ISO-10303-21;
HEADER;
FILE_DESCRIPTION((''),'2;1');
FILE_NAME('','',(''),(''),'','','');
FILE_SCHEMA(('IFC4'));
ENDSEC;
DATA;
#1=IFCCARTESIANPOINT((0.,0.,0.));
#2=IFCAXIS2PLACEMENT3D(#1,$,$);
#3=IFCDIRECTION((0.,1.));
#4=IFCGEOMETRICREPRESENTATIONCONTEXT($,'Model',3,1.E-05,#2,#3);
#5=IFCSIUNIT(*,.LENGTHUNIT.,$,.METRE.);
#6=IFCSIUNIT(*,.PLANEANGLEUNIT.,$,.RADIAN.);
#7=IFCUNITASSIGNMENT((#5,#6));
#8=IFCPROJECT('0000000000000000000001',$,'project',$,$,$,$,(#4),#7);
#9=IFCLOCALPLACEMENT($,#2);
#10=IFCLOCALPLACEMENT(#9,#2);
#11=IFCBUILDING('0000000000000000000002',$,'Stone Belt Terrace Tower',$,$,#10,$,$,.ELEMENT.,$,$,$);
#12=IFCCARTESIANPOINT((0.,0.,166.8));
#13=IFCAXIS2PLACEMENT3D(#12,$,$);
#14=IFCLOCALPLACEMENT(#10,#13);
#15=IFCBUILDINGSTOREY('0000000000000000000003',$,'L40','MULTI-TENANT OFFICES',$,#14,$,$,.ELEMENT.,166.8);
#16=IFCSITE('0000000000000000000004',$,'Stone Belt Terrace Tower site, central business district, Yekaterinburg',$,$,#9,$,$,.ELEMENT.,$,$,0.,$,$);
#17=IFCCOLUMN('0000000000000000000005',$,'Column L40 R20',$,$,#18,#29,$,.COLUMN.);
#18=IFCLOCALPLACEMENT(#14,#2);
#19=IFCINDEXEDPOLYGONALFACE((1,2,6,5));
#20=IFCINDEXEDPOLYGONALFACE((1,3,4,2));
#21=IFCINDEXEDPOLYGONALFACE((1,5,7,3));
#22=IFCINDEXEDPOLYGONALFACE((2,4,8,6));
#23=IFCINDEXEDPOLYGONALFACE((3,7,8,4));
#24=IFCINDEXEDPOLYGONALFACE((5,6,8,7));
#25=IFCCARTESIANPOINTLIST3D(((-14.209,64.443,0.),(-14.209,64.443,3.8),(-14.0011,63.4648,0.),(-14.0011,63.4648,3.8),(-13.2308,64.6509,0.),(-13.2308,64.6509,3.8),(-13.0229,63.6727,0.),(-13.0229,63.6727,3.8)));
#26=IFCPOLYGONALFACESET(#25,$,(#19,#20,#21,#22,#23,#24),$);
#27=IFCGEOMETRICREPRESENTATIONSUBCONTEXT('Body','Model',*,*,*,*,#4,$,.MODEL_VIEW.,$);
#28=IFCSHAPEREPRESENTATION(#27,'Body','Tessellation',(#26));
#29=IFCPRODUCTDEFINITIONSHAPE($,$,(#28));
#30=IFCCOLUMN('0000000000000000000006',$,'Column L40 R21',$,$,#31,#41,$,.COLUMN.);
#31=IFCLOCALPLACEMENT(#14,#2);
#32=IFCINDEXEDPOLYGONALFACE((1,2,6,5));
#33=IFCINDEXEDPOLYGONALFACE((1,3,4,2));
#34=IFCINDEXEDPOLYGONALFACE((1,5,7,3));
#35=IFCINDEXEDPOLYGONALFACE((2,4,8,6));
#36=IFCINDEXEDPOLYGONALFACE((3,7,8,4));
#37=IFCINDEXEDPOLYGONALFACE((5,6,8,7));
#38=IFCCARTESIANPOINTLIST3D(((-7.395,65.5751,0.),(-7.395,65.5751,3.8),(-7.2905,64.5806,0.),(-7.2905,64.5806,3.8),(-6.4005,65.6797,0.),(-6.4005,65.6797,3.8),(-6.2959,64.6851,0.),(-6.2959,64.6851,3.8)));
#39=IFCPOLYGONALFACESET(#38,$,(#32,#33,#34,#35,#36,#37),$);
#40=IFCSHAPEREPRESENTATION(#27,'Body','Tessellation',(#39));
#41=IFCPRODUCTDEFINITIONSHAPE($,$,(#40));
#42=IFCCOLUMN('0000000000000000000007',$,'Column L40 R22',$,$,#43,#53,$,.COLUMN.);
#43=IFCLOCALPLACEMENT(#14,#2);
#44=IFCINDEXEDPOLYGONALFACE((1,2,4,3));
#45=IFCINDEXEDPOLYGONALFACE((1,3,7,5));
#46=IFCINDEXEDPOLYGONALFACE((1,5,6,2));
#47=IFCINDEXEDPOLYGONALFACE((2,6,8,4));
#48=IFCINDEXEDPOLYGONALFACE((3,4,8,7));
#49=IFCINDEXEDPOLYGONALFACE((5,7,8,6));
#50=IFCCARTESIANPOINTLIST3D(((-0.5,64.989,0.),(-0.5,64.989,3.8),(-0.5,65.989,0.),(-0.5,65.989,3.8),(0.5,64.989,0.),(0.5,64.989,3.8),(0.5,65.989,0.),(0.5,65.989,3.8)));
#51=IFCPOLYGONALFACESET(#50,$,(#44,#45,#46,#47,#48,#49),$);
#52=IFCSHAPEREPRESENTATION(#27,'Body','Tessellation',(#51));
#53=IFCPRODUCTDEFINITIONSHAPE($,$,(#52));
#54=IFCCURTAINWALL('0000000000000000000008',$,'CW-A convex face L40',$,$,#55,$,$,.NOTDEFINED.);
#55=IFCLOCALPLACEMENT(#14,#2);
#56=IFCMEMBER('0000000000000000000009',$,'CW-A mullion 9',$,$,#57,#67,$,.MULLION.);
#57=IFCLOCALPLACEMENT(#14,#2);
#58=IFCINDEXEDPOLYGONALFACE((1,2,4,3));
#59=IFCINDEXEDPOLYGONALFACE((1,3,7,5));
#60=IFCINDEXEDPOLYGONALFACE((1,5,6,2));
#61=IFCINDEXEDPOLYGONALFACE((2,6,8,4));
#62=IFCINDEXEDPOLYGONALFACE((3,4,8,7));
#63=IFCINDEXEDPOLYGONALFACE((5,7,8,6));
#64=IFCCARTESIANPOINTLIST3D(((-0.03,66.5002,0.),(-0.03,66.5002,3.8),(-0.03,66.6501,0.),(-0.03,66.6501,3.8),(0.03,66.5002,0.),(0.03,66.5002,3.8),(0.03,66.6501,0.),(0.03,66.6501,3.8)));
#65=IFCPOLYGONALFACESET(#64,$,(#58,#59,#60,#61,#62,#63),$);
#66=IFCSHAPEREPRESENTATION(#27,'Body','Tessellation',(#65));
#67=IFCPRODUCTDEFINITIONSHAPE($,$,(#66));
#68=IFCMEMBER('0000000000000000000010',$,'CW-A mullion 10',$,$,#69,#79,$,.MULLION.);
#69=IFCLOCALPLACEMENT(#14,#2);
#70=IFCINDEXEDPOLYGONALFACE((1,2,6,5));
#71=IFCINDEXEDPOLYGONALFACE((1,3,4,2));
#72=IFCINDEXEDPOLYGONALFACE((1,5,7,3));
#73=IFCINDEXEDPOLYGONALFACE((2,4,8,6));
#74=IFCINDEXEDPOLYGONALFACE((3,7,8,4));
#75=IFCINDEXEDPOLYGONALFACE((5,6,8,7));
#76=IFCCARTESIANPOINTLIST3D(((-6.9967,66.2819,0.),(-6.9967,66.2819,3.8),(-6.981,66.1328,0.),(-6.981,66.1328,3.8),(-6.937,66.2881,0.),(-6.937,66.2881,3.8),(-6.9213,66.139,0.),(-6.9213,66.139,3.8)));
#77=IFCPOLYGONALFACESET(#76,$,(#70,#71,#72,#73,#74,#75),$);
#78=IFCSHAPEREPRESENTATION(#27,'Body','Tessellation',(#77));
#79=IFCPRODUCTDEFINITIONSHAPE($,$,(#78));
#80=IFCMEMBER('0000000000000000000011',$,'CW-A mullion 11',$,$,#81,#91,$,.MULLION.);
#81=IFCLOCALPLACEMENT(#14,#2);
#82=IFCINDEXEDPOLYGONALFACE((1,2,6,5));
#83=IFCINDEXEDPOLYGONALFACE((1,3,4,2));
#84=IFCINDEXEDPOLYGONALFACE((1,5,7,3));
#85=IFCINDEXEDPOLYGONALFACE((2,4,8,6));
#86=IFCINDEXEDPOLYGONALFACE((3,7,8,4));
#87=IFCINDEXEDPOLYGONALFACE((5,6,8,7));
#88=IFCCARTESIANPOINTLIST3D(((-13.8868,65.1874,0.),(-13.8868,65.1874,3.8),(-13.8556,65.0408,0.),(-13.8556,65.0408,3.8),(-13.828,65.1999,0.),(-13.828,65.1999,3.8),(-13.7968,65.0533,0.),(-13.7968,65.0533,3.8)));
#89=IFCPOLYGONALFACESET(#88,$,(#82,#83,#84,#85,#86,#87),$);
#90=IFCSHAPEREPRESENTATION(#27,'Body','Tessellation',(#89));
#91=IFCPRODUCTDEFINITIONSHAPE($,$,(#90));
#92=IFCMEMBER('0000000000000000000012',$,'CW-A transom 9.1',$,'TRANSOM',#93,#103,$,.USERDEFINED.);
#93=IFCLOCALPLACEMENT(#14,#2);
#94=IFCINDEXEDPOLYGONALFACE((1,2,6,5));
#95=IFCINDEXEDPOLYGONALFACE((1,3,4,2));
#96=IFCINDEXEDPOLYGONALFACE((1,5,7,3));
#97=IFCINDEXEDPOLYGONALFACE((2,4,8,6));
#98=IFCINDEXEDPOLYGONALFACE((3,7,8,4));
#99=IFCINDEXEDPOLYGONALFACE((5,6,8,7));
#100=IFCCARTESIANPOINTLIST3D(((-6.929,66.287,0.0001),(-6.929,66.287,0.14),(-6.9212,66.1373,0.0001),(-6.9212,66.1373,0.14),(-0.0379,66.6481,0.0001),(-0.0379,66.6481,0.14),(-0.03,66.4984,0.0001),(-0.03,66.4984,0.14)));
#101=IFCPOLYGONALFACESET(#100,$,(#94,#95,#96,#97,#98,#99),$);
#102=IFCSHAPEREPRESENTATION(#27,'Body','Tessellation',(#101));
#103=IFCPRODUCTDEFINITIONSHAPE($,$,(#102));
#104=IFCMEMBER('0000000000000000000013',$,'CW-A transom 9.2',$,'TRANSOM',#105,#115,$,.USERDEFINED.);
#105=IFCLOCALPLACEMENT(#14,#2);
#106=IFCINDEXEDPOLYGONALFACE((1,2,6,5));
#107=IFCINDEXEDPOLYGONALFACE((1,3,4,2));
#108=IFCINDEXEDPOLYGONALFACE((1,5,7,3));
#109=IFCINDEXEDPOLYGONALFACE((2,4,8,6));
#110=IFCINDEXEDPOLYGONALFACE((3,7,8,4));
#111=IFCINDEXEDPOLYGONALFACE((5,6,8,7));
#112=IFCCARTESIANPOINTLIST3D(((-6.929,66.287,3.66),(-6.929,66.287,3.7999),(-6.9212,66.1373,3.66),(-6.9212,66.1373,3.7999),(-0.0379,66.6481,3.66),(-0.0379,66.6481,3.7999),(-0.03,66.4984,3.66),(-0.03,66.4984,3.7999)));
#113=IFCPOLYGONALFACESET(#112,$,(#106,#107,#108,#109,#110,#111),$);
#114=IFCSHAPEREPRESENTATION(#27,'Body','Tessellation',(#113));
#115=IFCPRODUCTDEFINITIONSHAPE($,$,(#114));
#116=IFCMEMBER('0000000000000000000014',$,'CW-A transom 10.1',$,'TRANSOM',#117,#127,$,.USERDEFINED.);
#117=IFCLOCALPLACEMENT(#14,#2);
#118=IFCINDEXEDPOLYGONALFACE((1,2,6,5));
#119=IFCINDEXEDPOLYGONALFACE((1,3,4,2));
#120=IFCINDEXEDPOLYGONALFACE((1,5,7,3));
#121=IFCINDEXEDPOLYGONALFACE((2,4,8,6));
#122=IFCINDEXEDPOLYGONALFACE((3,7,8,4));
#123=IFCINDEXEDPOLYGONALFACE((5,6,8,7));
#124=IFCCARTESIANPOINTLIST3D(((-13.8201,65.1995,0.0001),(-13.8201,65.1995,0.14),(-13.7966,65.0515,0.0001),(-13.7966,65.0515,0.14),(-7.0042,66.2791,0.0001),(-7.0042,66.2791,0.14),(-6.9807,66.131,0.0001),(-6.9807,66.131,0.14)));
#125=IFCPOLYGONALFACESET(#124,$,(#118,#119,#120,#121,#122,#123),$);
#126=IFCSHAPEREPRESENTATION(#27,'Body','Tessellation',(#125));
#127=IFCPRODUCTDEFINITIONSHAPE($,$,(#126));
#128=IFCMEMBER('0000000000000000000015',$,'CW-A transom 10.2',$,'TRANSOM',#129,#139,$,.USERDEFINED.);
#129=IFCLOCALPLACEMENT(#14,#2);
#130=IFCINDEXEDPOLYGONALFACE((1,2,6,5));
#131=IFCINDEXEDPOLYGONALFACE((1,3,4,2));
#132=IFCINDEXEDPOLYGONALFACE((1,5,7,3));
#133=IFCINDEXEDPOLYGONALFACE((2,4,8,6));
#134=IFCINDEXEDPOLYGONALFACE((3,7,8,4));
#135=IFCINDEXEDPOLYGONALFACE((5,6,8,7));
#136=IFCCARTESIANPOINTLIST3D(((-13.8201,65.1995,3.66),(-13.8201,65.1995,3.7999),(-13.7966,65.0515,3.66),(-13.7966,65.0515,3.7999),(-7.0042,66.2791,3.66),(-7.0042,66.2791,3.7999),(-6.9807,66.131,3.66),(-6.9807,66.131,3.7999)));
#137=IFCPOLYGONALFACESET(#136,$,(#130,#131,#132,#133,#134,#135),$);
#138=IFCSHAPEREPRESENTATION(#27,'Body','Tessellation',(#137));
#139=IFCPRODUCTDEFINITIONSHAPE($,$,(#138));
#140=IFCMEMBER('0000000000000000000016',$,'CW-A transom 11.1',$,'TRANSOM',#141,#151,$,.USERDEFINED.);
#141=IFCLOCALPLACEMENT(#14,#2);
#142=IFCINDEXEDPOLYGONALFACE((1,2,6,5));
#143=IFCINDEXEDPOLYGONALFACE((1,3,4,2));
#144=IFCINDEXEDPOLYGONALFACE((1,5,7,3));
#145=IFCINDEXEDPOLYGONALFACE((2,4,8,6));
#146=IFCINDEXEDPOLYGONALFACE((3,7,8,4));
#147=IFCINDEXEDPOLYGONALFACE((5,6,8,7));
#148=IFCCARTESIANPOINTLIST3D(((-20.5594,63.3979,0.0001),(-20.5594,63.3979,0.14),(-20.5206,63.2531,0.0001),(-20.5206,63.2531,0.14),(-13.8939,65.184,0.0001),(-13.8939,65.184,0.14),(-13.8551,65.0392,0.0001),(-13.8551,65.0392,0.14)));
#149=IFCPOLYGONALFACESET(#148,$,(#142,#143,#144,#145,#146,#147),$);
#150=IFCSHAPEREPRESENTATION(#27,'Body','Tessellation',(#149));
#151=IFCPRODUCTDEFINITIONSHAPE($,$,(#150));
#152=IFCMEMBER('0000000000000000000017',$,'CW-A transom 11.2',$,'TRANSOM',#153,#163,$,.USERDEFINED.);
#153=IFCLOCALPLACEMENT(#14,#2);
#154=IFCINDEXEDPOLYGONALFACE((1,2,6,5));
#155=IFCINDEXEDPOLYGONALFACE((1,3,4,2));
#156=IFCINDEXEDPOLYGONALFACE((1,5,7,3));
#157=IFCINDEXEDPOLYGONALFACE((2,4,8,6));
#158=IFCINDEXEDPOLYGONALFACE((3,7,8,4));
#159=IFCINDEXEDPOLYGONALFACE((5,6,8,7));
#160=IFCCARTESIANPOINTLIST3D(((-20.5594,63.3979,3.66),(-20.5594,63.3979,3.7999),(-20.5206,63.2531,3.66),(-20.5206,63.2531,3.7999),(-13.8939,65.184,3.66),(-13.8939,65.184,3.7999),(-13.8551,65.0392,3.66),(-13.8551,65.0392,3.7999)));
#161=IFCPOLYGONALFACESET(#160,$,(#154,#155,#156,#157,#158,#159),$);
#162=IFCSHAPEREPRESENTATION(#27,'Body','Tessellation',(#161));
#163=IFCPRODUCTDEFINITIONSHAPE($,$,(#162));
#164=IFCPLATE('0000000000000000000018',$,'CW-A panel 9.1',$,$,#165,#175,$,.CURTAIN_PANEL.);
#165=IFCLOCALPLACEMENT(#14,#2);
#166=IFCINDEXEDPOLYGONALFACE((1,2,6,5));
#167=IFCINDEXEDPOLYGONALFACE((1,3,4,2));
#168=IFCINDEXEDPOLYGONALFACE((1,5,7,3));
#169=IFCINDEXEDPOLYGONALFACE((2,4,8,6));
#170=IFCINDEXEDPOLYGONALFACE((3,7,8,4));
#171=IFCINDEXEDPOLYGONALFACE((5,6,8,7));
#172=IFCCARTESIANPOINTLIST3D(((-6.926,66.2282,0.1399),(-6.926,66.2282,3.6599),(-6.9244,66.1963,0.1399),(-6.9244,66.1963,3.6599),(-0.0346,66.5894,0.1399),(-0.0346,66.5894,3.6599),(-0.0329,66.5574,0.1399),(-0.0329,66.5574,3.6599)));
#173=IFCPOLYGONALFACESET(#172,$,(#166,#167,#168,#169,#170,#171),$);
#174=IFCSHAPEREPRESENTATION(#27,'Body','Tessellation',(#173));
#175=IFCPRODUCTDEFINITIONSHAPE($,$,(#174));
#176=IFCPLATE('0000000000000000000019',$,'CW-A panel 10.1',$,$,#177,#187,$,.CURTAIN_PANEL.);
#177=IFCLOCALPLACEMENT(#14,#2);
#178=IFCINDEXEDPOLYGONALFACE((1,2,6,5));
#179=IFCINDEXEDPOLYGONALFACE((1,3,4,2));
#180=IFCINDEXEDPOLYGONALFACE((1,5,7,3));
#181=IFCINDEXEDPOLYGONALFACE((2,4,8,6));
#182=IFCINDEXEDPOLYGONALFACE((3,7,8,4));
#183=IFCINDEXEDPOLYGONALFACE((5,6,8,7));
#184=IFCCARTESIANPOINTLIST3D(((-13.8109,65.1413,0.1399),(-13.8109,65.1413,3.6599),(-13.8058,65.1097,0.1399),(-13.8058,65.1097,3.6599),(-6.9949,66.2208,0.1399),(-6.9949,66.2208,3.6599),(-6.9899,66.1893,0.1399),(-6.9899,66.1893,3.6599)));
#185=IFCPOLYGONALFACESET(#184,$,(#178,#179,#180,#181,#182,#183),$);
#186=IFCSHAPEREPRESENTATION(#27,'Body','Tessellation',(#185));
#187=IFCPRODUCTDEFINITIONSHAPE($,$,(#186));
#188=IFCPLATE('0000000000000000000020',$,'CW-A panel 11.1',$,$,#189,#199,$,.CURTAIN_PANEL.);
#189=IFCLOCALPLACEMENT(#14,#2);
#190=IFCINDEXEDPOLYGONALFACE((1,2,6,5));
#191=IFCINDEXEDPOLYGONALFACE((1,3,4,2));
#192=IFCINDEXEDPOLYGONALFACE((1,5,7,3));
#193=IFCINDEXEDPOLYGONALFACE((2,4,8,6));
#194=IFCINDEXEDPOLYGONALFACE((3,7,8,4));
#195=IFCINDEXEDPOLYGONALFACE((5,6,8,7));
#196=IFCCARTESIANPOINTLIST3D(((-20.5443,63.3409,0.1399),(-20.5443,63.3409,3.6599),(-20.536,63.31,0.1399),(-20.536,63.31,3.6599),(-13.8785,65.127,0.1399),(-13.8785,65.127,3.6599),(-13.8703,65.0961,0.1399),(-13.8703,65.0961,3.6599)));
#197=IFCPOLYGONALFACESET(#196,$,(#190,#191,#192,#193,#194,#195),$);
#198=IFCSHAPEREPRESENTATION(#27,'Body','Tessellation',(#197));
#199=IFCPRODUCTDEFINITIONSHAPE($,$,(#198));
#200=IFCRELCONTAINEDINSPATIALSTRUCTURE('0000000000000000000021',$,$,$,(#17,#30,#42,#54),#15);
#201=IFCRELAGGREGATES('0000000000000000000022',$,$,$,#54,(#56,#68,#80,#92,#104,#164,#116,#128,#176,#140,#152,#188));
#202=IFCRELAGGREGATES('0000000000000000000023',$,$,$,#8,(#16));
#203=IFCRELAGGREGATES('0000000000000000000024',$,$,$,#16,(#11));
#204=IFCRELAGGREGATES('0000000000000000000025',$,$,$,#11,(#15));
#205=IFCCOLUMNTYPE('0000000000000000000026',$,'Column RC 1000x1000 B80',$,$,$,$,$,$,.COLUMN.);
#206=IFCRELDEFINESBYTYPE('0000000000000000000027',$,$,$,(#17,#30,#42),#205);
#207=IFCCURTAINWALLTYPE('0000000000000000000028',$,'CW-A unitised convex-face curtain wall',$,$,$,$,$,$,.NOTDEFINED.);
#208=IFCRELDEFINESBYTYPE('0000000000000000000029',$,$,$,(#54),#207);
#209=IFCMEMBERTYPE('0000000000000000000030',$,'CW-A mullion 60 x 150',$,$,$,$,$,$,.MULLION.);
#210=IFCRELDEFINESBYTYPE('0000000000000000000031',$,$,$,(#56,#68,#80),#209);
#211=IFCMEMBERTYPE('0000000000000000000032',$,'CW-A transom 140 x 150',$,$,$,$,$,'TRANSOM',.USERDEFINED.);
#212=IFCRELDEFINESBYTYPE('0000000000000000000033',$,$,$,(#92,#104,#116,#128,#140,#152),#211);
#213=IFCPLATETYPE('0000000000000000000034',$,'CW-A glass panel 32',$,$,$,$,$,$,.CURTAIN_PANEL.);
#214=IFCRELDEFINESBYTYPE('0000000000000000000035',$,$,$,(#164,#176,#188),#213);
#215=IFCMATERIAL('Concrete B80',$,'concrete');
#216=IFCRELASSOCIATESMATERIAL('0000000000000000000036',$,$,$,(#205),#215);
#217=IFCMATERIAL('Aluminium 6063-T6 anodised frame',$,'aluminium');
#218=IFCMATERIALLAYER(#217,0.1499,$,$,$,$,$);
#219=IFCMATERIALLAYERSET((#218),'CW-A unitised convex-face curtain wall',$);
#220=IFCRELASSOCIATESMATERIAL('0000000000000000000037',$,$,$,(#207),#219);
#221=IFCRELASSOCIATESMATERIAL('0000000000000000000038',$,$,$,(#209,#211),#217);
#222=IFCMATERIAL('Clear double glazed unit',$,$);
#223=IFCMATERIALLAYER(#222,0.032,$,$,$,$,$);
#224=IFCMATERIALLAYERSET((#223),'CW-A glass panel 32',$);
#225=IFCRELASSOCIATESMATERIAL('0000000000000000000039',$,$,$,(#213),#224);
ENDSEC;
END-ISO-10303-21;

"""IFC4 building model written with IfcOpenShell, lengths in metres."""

from ifc_helpers import new_model, si_unit, direction, frame, origin, origin_2d, place, context, subcontext, project, spatial, rectangle, extrude, material, layer, layer_set, material_profile, profile_set, type_object, element, aggregate, save


model = new_model("IFC4")

# Units and contexts
model_context = context("Model", 3, precision=1e-05, world=origin(), true_north=direction((0.0, 1.0)))
body_context = subcontext(model_context, "Body", "Model", "MODEL_VIEW")
ifc_project = project(units=[si_unit("LENGTHUNIT", "METRE"), si_unit("PLANEANGLEUNIT", "RADIAN")], contexts=[model_context])

# Site, building, storey
site_placement = place(None, origin())
site = spatial("IfcSite", under=ifc_project, at=site_placement, Name="Stone Belt Terrace Tower site, central business district, Yekaterinburg", CompositionType="ELEMENT", RefElevation=0.0)
building_placement = place(site_placement, origin())
building = spatial("IfcBuilding", under=site, at=building_placement, Name="Stone Belt Terrace Tower", CompositionType="ELEMENT")
storey_placement = place(building_placement, frame((0.0, 0.0, 166.8)))
storey = spatial("IfcBuildingStorey", under=building, at=storey_placement, Name="L40", Description="MULTI-TENANT OFFICES", CompositionType="ELEMENT", Elevation=166.8)

# Columns
ifc_material_1 = material(Name="Concrete B80", Category="concrete")
ifc_material_profile_1 = material_profile(ifc_material_1, rectangle(XDim=1.0, YDim=1.0, at=origin_2d()), Name="RC 1000x1000")
ifc_profile_set_1 = profile_set([ifc_material_profile_1], Name="Concrete B80")
column_type = type_object("IfcColumnType", Name="Column RC 1000x1000 B80", PredefinedType="COLUMN", material=ifc_profile_set_1)
for number, where, z_axis, x_axis, name in (
    (1, (-13.616, 64.0579, 0.0), (0.0, 0.0, 1.0), (0.978148, 0.207912, 0.0), "Column L40 R20"),
    (2, (-6.8455, 65.1301, 0.0), (0.0, 0.0, 1.0), (0.994522, 0.104528, 0.0), "Column L40 R21"),
    (3, (0.0, 65.489, 0.0), (0.0, 0.0, 1.0), (1.0, 0.0, 0.0), "Column L40 R22"),
):
    element("IfcColumn", number, at=place(storey_placement, frame(where, z_axis=z_axis, x_axis=x_axis)), inside=storey, type_object=column_type, Name=name, PredefinedType="COLUMN", context=body_context, shape_type="SweptSolid", body=[
        extrude(rectangle(XDim=1.0, YDim=1.0, at=origin_2d()), origin(), (0.0, 0.0, 1.0), 3.8),
    ])

# Curtain wall, members, plates
ifc_material_2 = material(Name="Aluminium 6063-T6 anodised frame", Category="aluminium")
ifc_layer_1 = layer(ifc_material_2, 0.1499)
ifc_layer_set_1 = layer_set([ifc_layer_1], Name="CW-A unitised convex-face curtain wall")
curtain_wall_type = type_object("IfcCurtainWallType", Name="CW-A unitised convex-face curtain wall", PredefinedType="NOTDEFINED", material=ifc_layer_set_1)
curtain_wall_placement = place(storey_placement, origin())
curtain_wall = element("IfcCurtainWall", 4, at=curtain_wall_placement, inside=storey, type_object=curtain_wall_type, Name="CW-A convex face L40", PredefinedType="NOTDEFINED")
ifc_material_profile_2 = material_profile(ifc_material_2, rectangle(XDim=0.1499, YDim=0.0601, at=origin_2d()), Name="Aluminium 6063-T6 60x150")
ifc_profile_set_2 = profile_set([ifc_material_profile_2], Name="Aluminium 6063-T6 anodised frame")
member_type_1 = type_object("IfcMemberType", Name="CW-A mullion 60 x 150", PredefinedType="MULLION", material=ifc_profile_set_2)
member_1_placement = place(storey_placement, frame((0.0, 66.5752, 0.0), z_axis=(0.0, 0.0, 1.0), x_axis=(0.0, -1.0, 0.0)))
member_1 = element("IfcMember", 5, at=member_1_placement, type_object=member_type_1, Name="CW-A mullion 9", PredefinedType="MULLION", context=body_context, shape_type="SweptSolid", body=[
    extrude(rectangle(XDim=0.1499, YDim=0.0601, at=origin_2d()), origin(), (0.0, 0.0, 1.0), 3.8),
])
member_2_placement = place(storey_placement, frame((-6.959, 66.2104, 0.0), z_axis=(0.0, 0.0, 1.0), x_axis=(0.104528, -0.994522, 0.0)))
member_2 = element("IfcMember", 6, at=member_2_placement, type_object=member_type_1, Name="CW-A mullion 10", PredefinedType="MULLION", context=body_context, shape_type="SweptSolid", body=[
    extrude(rectangle(XDim=0.1499, YDim=0.0601, at=origin_2d()), origin(), (0.0, 0.0, 1.0), 3.8),
])
member_3_placement = place(storey_placement, frame((-13.8418, 65.1204, 0.0), z_axis=(0.0, 0.0, 1.0), x_axis=(0.207912, -0.978148, 0.0)))
member_3 = element("IfcMember", 7, at=member_3_placement, type_object=member_type_1, Name="CW-A mullion 11", PredefinedType="MULLION", context=body_context, shape_type="SweptSolid", body=[
    extrude(rectangle(XDim=0.1499, YDim=0.0601, at=origin_2d()), origin(), (0.0, 0.0, 1.0), 3.8),
])
ifc_material_profile_3 = material_profile(ifc_material_2, rectangle(XDim=0.1499, YDim=0.1399, at=origin_2d()), Name="Aluminium 6063-T6 150x140")
ifc_profile_set_3 = profile_set([ifc_material_profile_3], Name="Aluminium 6063-T6 anodised frame")
member_type_2 = type_object("IfcMemberType", Name="CW-A transom 140 x 150", ElementType="TRANSOM", PredefinedType="USERDEFINED", material=ifc_profile_set_3)
member_4_placement = place(storey_placement, frame((-0.0339, 66.5732, 0.0701), z_axis=(-0.99863, -0.052327, 0.0), x_axis=(0.052327, -0.99863, 0.0)))
member_4 = element("IfcMember", 8, at=member_4_placement, type_object=member_type_2, Name="CW-A transom 9.1", ObjectType="TRANSOM", PredefinedType="USERDEFINED", context=body_context, shape_type="SweptSolid", body=[
    extrude(rectangle(XDim=0.1499, YDim=0.1399, at=origin_2d()), origin(), (0.0, 0.0, 1.0), 6.9006),
])
member_5_placement = place(storey_placement, frame((-0.0339, 66.5732, 3.73), z_axis=(-0.99863, -0.052327, 0.0), x_axis=(0.052327, -0.99863, 0.0)))
member_5 = element("IfcMember", 9, at=member_5_placement, type_object=member_type_2, Name="CW-A transom 9.2", ObjectType="TRANSOM", PredefinedType="USERDEFINED", context=body_context, shape_type="SweptSolid", body=[
    extrude(rectangle(XDim=0.1499, YDim=0.1399, at=origin_2d()), origin(), (0.0, 0.0, 1.0), 6.9006),
])
member_6_placement = place(storey_placement, frame((-6.9924, 66.2051, 0.0701), z_axis=(-0.987687, -0.156442, 0.0), x_axis=(0.156442, -0.987687, 0.0)))
member_6 = element("IfcMember", 10, at=member_6_placement, type_object=member_type_2, Name="CW-A transom 10.1", ObjectType="TRANSOM", PredefinedType="USERDEFINED", context=body_context, shape_type="SweptSolid", body=[
    extrude(rectangle(XDim=0.1499, YDim=0.1399, at=origin_2d()), origin(), (0.0, 0.0, 1.0), 6.9009),
])
member_7_placement = place(storey_placement, frame((-6.9924, 66.2051, 3.73), z_axis=(-0.987687, -0.156442, 0.0), x_axis=(0.156442, -0.987687, 0.0)))
member_7 = element("IfcMember", 11, at=member_7_placement, type_object=member_type_2, Name="CW-A transom 10.2", ObjectType="TRANSOM", PredefinedType="USERDEFINED", context=body_context, shape_type="SweptSolid", body=[
    extrude(rectangle(XDim=0.1499, YDim=0.1399, at=origin_2d()), origin(), (0.0, 0.0, 1.0), 6.9009),
])
member_8_placement = place(storey_placement, frame((-13.8745, 65.1116, 0.0701), z_axis=(-0.965922, -0.258834, 0.0), x_axis=(0.258834, -0.965922, 0.0)))
member_8 = element("IfcMember", 12, at=member_8_placement, type_object=member_type_2, Name="CW-A transom 11.1", ObjectType="TRANSOM", PredefinedType="USERDEFINED", context=body_context, shape_type="SweptSolid", body=[
    extrude(rectangle(XDim=0.1499, YDim=0.1399, at=origin_2d()), origin(), (0.0, 0.0, 1.0), 6.9006),
])
member_9_placement = place(storey_placement, frame((-13.8745, 65.1116, 3.73), z_axis=(-0.965922, -0.258834, 0.0), x_axis=(0.258834, -0.965922, 0.0)))
member_9 = element("IfcMember", 13, at=member_9_placement, type_object=member_type_2, Name="CW-A transom 11.2", ObjectType="TRANSOM", PredefinedType="USERDEFINED", context=body_context, shape_type="SweptSolid", body=[
    extrude(rectangle(XDim=0.1499, YDim=0.1399, at=origin_2d()), origin(), (0.0, 0.0, 1.0), 6.9006),
])
ifc_material_3 = material(Name="Clear double glazed unit")
ifc_layer_2 = layer(ifc_material_3, 0.032)
ifc_layer_set_2 = layer_set([ifc_layer_2], Name="CW-A glass panel 32")
plate_type_1 = type_object("IfcPlateType", Name="CW-A glass panel 32", PredefinedType="CURTAIN_PANEL", material=ifc_layer_set_2)
plate_1_placement = place(storey_placement, frame((-3.4795, 66.3928, 0.1399), z_axis=(0.0, 0.0, 1.0), x_axis=(-0.99863, -0.052336, 0.0)))
plate_1 = element("IfcPlate", 14, at=plate_1_placement, type_object=plate_type_1, Name="CW-A panel 9.1", PredefinedType="CURTAIN_PANEL", context=body_context, shape_type="SweptSolid", body=[
    extrude(rectangle(XDim=6.9009, YDim=0.032, at=origin_2d()), origin(), (0.0, 0.0, 1.0), 3.52),
])
plate_2_placement = place(storey_placement, frame((-10.4004, 65.6653, 0.1399), z_axis=(0.0, 0.0, 1.0), x_axis=(-0.987688, -0.156434, 0.0)))
plate_2 = element("IfcPlate", 15, at=plate_2_placement, type_object=plate_type_1, Name="CW-A panel 10.1", PredefinedType="CURTAIN_PANEL", context=body_context, shape_type="SweptSolid", body=[
    extrude(rectangle(XDim=6.9009, YDim=0.032, at=origin_2d()), origin(), (0.0, 0.0, 1.0), 3.52),
])
plate_3_placement = place(storey_placement, frame((-17.2073, 64.2185, 0.1399), z_axis=(0.0, 0.0, 1.0), x_axis=(-0.965926, -0.258819, 0.0)))
plate_3 = element("IfcPlate", 16, at=plate_3_placement, type_object=plate_type_1, Name="CW-A panel 11.1", PredefinedType="CURTAIN_PANEL", context=body_context, shape_type="SweptSolid", body=[
    extrude(rectangle(XDim=6.9009, YDim=0.032, at=origin_2d()), origin(), (0.0, 0.0, 1.0), 3.52),
])
aggregate(curtain_wall, [member_1, member_2, member_3, member_4, member_5, plate_1, member_6, member_7, plate_2, member_8, member_9, plate_3])

save(model, "model.ifc")
